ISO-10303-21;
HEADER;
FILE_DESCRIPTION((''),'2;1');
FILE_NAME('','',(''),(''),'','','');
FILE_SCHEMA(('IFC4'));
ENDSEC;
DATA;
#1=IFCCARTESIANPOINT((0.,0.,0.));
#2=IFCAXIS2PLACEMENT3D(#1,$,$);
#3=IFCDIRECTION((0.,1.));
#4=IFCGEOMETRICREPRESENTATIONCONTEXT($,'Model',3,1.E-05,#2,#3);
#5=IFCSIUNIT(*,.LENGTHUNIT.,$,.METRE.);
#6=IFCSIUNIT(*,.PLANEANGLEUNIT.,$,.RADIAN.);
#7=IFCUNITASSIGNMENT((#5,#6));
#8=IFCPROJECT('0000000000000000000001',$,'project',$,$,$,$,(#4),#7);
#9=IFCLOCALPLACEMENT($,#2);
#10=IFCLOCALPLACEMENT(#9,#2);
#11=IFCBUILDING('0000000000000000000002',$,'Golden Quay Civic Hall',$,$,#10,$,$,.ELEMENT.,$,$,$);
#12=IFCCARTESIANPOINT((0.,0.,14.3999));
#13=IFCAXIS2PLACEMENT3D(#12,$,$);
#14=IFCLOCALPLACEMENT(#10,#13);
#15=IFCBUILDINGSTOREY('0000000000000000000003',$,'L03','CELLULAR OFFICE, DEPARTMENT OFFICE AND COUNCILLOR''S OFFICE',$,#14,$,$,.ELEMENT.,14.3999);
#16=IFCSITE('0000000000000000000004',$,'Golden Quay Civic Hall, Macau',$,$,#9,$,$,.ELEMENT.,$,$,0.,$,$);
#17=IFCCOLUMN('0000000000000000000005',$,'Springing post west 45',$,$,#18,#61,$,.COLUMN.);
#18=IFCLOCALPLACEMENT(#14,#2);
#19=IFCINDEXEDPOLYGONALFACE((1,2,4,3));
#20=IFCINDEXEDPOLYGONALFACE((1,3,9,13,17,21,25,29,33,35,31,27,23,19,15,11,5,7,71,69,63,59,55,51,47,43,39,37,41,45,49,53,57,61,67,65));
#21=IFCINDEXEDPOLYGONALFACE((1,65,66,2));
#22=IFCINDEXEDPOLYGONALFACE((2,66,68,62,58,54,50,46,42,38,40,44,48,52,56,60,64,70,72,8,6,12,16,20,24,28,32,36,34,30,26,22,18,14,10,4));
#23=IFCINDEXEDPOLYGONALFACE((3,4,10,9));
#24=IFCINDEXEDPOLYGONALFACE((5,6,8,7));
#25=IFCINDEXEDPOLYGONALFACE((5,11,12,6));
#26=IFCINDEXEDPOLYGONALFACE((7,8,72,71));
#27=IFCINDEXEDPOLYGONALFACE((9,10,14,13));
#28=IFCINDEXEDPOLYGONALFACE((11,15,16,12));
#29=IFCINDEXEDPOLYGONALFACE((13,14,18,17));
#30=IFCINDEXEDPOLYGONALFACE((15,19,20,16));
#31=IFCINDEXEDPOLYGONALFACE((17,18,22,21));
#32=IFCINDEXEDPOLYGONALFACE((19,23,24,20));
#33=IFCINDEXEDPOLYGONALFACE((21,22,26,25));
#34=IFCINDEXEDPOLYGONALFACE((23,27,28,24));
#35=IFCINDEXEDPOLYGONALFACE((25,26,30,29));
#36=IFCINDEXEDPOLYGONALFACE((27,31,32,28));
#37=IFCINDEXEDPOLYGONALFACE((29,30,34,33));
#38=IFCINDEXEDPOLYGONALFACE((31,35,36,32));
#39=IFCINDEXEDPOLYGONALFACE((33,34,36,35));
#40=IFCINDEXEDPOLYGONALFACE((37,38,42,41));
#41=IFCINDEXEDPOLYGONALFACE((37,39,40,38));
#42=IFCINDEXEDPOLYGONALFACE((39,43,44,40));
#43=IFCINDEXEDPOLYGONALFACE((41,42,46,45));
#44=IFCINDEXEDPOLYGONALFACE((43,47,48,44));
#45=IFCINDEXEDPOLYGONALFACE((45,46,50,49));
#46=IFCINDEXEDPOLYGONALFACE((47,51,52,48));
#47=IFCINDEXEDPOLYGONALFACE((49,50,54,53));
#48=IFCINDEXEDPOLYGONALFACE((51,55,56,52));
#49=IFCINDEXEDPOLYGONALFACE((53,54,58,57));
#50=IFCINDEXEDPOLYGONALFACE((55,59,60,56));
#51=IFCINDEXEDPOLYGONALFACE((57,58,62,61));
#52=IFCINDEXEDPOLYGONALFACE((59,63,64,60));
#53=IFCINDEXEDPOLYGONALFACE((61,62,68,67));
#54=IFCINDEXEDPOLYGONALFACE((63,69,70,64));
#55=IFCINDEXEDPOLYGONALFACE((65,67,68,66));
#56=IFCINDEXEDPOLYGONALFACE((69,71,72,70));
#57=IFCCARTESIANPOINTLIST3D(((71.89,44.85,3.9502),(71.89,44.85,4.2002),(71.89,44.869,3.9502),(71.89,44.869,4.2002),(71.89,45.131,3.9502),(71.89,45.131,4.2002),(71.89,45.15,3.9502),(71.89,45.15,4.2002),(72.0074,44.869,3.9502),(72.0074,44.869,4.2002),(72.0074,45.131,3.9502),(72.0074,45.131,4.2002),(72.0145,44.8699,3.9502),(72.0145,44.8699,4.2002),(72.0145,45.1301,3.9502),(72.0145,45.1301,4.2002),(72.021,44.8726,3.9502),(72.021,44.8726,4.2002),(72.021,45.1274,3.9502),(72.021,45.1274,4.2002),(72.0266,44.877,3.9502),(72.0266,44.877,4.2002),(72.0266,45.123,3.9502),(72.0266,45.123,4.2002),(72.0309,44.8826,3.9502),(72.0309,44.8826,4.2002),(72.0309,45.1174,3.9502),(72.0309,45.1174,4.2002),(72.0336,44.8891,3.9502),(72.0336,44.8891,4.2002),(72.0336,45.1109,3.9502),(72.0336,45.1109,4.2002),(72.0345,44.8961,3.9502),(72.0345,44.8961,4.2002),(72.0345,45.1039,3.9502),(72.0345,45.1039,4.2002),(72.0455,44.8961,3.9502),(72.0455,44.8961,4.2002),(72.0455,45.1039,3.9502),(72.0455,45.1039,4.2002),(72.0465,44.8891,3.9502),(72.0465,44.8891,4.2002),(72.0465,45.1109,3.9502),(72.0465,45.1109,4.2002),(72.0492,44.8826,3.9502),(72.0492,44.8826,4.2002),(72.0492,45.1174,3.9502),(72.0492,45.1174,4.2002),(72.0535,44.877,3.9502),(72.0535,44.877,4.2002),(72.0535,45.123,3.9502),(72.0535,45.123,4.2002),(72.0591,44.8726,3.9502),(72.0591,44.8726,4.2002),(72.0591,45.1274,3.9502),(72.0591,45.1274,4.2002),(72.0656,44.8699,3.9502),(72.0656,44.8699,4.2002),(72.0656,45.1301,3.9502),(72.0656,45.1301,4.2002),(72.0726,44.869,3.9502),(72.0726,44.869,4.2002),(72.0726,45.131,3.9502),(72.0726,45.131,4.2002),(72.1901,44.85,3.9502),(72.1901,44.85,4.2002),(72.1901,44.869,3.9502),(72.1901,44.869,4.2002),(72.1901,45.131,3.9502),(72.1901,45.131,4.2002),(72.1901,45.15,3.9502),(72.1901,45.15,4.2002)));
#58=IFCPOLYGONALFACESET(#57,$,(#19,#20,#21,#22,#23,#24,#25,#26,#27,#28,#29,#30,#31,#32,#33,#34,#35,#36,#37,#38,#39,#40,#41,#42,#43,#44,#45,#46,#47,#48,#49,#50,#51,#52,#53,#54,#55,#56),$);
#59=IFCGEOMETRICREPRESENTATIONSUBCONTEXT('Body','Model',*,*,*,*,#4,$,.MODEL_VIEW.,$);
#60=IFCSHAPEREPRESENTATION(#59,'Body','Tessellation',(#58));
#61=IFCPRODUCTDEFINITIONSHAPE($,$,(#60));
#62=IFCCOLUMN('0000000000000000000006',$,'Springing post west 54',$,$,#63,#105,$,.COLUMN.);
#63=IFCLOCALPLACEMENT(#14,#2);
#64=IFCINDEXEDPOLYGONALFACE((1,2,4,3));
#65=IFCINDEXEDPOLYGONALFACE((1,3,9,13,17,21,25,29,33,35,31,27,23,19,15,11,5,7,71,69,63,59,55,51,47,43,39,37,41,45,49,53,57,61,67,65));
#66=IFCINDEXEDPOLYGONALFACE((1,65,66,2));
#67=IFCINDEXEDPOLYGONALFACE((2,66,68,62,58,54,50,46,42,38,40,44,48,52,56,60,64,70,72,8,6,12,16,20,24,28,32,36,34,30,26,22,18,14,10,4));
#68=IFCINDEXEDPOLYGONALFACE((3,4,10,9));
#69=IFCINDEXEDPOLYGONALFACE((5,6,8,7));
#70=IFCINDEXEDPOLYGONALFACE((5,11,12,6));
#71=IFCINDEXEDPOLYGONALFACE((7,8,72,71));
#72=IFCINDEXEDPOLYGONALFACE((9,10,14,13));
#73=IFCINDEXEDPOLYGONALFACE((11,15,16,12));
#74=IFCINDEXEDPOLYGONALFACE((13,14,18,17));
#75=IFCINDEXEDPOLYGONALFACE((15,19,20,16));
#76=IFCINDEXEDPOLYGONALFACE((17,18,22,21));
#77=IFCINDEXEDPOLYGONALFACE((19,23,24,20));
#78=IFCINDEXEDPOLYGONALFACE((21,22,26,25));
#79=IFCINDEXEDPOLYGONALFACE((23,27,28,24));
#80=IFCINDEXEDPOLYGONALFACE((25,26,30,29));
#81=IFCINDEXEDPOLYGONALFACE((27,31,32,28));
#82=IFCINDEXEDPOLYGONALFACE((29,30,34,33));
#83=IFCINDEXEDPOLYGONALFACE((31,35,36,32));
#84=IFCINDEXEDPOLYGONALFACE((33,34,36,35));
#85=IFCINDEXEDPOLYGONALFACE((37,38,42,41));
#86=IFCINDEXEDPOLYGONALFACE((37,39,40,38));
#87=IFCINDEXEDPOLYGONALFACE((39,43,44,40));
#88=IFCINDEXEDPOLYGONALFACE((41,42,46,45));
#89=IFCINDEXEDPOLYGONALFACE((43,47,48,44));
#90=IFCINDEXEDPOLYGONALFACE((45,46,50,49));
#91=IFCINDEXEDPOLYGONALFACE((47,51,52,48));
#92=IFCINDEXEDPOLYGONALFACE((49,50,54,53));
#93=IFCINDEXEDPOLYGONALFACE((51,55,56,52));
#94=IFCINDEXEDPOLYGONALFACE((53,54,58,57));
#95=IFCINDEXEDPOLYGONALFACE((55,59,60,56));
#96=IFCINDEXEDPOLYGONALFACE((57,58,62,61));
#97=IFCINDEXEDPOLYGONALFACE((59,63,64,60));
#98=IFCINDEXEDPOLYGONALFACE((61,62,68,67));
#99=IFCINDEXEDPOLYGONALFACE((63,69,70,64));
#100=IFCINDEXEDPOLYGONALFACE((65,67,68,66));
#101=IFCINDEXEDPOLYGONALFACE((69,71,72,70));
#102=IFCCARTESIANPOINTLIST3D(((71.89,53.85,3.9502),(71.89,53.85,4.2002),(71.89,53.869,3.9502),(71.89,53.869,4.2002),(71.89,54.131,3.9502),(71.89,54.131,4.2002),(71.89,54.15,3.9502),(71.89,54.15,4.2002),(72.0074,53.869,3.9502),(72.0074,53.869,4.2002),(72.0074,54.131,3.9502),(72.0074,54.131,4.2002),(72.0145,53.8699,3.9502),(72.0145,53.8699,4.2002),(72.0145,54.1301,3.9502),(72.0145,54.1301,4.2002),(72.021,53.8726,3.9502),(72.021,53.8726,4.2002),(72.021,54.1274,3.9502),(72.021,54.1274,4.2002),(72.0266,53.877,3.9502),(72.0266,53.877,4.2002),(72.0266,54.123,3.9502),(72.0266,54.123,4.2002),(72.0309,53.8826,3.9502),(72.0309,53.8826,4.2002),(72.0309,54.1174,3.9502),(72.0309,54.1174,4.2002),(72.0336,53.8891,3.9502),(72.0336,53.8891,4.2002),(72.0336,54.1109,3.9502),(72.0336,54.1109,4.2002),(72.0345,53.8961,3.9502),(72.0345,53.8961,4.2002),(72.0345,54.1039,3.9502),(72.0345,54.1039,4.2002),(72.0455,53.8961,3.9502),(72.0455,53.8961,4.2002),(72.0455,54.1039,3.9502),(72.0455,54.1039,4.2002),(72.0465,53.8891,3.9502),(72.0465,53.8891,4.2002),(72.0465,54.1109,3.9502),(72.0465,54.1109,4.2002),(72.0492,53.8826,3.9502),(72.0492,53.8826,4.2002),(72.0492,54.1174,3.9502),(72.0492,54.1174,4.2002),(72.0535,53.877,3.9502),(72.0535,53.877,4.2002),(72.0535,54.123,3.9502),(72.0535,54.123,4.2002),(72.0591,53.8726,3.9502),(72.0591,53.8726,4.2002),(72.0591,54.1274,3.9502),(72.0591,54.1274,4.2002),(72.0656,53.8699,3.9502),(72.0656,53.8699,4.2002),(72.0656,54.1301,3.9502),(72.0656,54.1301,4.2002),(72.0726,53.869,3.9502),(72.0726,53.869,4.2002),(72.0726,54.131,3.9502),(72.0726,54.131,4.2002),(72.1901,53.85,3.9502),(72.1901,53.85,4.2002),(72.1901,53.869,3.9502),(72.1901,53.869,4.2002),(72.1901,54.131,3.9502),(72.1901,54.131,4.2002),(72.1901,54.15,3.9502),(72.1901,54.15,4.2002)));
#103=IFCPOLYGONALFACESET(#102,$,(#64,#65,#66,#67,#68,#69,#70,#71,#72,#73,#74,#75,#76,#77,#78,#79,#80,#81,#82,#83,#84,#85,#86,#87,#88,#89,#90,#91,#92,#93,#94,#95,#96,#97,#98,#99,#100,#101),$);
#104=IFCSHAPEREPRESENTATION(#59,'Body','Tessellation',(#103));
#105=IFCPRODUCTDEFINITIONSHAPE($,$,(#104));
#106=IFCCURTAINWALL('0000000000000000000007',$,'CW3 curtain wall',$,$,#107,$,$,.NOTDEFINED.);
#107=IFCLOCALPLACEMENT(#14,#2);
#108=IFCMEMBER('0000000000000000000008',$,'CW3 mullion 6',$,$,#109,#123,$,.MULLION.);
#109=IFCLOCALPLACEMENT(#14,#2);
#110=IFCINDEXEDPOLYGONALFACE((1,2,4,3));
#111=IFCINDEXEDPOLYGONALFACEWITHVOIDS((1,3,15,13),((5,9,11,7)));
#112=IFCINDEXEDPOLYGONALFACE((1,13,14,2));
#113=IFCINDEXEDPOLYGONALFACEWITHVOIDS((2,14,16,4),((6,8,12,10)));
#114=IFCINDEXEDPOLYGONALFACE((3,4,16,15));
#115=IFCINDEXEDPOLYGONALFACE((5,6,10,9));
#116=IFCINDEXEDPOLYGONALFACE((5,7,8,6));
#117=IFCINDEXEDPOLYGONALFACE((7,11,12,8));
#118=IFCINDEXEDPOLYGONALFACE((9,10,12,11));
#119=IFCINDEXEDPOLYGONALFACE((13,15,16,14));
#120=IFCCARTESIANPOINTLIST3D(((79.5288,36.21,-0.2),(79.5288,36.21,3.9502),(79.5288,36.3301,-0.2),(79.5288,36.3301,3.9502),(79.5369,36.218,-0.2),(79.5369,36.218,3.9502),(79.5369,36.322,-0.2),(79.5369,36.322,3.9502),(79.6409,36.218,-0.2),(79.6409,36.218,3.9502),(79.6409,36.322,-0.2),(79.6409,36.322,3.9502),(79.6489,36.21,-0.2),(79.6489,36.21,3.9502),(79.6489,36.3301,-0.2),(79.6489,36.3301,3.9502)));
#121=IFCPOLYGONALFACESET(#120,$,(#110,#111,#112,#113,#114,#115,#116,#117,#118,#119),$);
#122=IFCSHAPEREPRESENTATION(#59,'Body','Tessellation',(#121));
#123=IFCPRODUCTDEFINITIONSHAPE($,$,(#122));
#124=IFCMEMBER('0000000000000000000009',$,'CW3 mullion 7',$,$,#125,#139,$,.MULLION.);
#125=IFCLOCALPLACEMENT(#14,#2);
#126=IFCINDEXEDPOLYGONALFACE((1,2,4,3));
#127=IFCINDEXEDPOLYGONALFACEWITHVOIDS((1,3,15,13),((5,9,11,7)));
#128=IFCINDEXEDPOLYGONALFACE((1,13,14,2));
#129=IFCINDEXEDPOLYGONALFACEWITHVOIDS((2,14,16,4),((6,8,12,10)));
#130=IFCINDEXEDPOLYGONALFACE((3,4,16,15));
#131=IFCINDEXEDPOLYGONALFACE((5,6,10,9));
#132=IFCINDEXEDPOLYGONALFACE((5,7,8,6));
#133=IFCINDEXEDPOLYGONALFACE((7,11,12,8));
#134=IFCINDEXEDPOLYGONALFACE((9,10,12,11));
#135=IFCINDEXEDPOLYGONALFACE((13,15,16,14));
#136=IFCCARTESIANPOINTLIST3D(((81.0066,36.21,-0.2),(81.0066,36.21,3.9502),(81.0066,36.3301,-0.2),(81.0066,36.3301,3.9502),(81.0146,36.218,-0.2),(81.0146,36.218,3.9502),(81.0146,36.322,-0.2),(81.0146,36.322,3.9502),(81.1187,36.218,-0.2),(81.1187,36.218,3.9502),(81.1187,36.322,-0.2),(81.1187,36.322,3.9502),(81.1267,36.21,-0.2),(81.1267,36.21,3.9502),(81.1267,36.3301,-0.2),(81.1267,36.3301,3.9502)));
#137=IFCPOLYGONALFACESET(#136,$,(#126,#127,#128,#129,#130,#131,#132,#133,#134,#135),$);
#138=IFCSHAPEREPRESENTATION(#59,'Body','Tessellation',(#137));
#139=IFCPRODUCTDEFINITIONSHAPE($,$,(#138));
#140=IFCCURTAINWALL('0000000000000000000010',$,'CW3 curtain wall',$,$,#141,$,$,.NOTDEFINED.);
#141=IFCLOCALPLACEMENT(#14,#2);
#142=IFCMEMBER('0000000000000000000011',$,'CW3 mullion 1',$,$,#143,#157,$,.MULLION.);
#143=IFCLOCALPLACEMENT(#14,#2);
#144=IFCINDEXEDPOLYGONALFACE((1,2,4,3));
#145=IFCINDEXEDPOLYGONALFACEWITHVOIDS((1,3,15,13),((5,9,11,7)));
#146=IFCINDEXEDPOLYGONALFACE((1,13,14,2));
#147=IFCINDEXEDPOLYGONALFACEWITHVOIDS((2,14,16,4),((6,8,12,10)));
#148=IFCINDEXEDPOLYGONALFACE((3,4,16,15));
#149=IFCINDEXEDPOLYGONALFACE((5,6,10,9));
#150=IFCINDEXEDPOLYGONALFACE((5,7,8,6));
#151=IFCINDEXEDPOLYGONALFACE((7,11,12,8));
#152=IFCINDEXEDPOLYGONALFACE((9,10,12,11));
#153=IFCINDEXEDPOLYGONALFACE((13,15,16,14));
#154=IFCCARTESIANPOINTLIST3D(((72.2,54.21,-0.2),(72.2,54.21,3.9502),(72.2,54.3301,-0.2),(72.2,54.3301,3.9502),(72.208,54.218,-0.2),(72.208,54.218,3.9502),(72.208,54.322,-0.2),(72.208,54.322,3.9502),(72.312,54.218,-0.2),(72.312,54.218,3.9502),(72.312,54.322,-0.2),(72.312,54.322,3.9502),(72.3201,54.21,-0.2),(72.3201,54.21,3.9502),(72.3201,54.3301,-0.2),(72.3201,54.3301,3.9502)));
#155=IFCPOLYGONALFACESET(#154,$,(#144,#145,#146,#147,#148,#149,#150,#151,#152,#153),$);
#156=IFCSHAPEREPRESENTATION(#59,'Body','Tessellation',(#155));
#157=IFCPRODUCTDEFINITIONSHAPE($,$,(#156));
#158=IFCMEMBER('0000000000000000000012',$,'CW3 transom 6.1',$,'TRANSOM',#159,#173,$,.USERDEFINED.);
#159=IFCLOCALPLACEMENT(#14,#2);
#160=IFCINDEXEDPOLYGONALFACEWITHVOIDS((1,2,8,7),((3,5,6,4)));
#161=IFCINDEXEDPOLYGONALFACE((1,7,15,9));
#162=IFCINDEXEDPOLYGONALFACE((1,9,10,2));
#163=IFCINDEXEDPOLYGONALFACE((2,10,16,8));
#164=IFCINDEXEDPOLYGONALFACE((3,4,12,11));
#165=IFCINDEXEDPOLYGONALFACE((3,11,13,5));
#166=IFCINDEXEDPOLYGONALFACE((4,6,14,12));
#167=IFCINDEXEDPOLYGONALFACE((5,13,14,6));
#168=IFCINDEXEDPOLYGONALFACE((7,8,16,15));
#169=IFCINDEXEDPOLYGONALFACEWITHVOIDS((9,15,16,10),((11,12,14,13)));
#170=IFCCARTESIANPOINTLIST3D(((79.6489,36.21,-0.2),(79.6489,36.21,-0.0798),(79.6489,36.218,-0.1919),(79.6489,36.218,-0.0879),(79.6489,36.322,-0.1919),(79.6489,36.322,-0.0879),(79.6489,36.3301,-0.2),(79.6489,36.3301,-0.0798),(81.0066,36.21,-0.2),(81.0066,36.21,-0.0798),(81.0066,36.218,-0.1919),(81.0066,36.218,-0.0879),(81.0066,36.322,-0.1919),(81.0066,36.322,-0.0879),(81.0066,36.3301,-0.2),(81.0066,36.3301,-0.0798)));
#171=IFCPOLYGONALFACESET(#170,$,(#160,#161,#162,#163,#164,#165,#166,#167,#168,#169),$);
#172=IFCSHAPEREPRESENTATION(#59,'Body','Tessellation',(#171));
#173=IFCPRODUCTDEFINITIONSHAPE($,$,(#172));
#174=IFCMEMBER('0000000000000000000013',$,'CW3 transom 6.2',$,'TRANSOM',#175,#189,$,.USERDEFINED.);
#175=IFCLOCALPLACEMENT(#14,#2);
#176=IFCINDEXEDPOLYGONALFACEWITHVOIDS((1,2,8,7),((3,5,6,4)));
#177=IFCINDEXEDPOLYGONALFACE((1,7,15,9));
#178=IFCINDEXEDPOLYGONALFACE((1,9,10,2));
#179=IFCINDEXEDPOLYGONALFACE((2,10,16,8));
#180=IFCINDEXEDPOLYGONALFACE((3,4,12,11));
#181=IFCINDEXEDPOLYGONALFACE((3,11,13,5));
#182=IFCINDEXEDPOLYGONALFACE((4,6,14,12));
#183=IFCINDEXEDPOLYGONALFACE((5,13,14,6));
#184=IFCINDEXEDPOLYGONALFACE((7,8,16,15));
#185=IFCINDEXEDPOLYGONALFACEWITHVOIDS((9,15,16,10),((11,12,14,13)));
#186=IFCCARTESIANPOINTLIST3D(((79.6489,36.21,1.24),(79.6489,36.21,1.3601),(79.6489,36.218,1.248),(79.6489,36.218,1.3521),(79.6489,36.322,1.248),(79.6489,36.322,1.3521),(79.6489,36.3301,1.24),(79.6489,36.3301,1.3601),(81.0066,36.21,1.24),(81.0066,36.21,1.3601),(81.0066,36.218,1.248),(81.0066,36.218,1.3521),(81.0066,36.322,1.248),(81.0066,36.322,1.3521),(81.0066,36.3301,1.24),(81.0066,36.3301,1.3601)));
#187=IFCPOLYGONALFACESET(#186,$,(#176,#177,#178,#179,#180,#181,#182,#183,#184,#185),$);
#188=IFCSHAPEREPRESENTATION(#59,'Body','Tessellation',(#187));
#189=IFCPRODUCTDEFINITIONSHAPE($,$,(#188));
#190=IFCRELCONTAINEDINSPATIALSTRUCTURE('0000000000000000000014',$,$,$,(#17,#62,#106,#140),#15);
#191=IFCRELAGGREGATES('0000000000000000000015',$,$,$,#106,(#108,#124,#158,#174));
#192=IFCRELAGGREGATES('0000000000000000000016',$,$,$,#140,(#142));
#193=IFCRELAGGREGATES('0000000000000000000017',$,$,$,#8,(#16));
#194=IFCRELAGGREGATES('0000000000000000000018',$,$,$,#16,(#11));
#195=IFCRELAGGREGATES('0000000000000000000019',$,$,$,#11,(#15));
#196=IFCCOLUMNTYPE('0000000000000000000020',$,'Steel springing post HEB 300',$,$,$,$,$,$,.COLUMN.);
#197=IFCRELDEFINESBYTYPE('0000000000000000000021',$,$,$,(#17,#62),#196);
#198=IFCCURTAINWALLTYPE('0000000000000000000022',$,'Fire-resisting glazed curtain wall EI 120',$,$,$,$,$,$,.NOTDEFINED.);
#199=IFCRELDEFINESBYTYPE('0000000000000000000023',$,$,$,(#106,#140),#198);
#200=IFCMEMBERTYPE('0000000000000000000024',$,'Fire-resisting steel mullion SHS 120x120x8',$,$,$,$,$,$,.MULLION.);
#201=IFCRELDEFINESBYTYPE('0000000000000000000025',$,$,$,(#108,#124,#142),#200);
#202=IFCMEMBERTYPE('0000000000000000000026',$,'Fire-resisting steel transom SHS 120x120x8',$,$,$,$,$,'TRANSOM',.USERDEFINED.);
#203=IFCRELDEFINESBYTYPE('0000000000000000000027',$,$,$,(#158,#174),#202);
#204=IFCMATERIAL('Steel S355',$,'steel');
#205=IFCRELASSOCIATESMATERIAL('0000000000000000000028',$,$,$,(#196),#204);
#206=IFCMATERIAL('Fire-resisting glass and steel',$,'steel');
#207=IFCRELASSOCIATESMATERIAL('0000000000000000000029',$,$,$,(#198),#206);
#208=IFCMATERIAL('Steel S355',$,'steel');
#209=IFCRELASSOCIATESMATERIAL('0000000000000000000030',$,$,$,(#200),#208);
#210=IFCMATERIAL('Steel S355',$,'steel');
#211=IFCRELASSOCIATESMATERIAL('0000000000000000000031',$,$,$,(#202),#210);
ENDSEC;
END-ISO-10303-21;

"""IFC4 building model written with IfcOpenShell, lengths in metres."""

from ifc_helpers import new_model, si_unit, direction, frame, origin, origin_2d, place, context, subcontext, project, spatial, hollow_rectangle, i_section, extrude, material, material_profile, profile_set, type_object, element, aggregate, save


model = new_model("IFC4")

# Units and contexts
model_context = context("Model", 3, precision=1e-05, world=origin(), true_north=direction((0.0, 1.0)))
body_context = subcontext(model_context, "Body", "Model", "MODEL_VIEW")
ifc_project = project(units=[si_unit("LENGTHUNIT", "METRE"), si_unit("PLANEANGLEUNIT", "RADIAN")], contexts=[model_context])

# Site, building, storey
site_placement = place(None, origin())
site = spatial("IfcSite", under=ifc_project, at=site_placement, Name="Golden Quay Civic Hall, Macau", CompositionType="ELEMENT", RefElevation=0.0)
building_placement = place(site_placement, origin())
building = spatial("IfcBuilding", under=site, at=building_placement, Name="Golden Quay Civic Hall", CompositionType="ELEMENT")
storey_placement = place(building_placement, frame((0.0, 0.0, 14.3999)))
storey = spatial("IfcBuildingStorey", under=building, at=storey_placement, Name="L03", Description="CELLULAR OFFICE, DEPARTMENT OFFICE AND COUNCILLOR'S OFFICE", CompositionType="ELEMENT", Elevation=14.3999)

# Columns
ifc_material_1 = material(Name="Steel S355", Category="steel")
ifc_material_profile_1 = material_profile(ifc_material_1, i_section(OverallWidth=0.3, OverallDepth=0.3, WebThickness=0.011, FlangeThickness=0.019, FilletRadius=0.0271, at=origin_2d()), Name="HEB 300")
ifc_profile_set_1 = profile_set([ifc_material_profile_1], Name="Steel S355")
column_type = type_object("IfcColumnType", Name="Steel springing post HEB 300", PredefinedType="COLUMN", material=ifc_profile_set_1)
for number, where, z_axis, x_axis, name in (
    (1, (72.04, 45.0, 3.9502), (0.0, 0.0, 1.0), (1.0, 0.0, 0.0), "Springing post west 45"),
    (2, (72.04, 54.0, 3.9502), (0.0, 0.0, 1.0), (1.0, 0.0, 0.0), "Springing post west 54"),
):
    element("IfcColumn", number, at=place(storey_placement, frame(where, z_axis=z_axis, x_axis=x_axis)), inside=storey, type_object=column_type, Name=name, PredefinedType="COLUMN", context=body_context, shape_type="SweptSolid", body=[
        extrude(i_section(OverallWidth=0.3, OverallDepth=0.3, WebThickness=0.011, FlangeThickness=0.019, FilletRadius=0.0271, at=origin_2d()), origin(), (0.0, 0.0, 1.0), 0.25),
    ])

# Curtain wall, members
ifc_material_2 = material(Name="Fire-resisting glass and steel", Category="steel")
curtain_wall_type = type_object("IfcCurtainWallType", Name="Fire-resisting glazed curtain wall EI 120", PredefinedType="NOTDEFINED", material=ifc_material_2)
curtain_wall_1_placement = place(storey_placement, origin())
curtain_wall_1 = element("IfcCurtainWall", 3, at=curtain_wall_1_placement, inside=storey, type_object=curtain_wall_type, Name="CW3 curtain wall", PredefinedType="NOTDEFINED")
ifc_material_3 = material(Name="Steel S355", Category="steel")
ifc_material_profile_2 = material_profile(ifc_material_3, hollow_rectangle(XDim=0.1201, YDim=0.1201, WallThickness=0.0081, at=origin_2d()), Name="SHS 120x120x8")
ifc_profile_set_2 = profile_set([ifc_material_profile_2], Name="Steel S355")
member_type_1 = type_object("IfcMemberType", Name="Fire-resisting steel mullion SHS 120x120x8", PredefinedType="MULLION", material=ifc_profile_set_2)
member_1_placement = place(storey_placement, frame((79.5889, 36.27, -0.2), z_axis=(0.0, 0.0, 1.0), x_axis=(0.0, 1.0, 0.0)))
member_1 = element("IfcMember", 4, at=member_1_placement, type_object=member_type_1, Name="CW3 mullion 6", PredefinedType="MULLION", context=body_context, shape_type="SweptSolid", body=[
    extrude(hollow_rectangle(XDim=0.1201, YDim=0.1201, WallThickness=0.0081, at=origin_2d()), origin(), (0.0, 0.0, 1.0), 4.1501),
])
member_2_placement = place(storey_placement, frame((81.0667, 36.27, -0.2), z_axis=(0.0, 0.0, 1.0), x_axis=(0.0, 1.0, 0.0)))
member_2 = element("IfcMember", 5, at=member_2_placement, type_object=member_type_1, Name="CW3 mullion 7", PredefinedType="MULLION", context=body_context, shape_type="SweptSolid", body=[
    extrude(hollow_rectangle(XDim=0.1201, YDim=0.1201, WallThickness=0.0081, at=origin_2d()), origin(), (0.0, 0.0, 1.0), 4.1501),
])

# Curtain wall, member
curtain_wall_2_placement = place(storey_placement, origin())
curtain_wall_2 = element("IfcCurtainWall", 6, at=curtain_wall_2_placement, inside=storey, type_object=curtain_wall_type, Name="CW3 curtain wall", PredefinedType="NOTDEFINED")
member_3_placement = place(storey_placement, frame((72.26, 54.27, -0.2), z_axis=(0.0, 0.0, 1.0), x_axis=(0.0, 1.0, 0.0)))
member_3 = element("IfcMember", 7, at=member_3_placement, type_object=member_type_1, Name="CW3 mullion 1", PredefinedType="MULLION", context=body_context, shape_type="SweptSolid", body=[
    extrude(hollow_rectangle(XDim=0.1201, YDim=0.1201, WallThickness=0.0081, at=origin_2d()), origin(), (0.0, 0.0, 1.0), 4.1501),
])

# Members
ifc_material_4 = material(Name="Steel S355", Category="steel")
ifc_material_profile_3 = material_profile(ifc_material_4, hollow_rectangle(XDim=0.1201, YDim=0.1201, WallThickness=0.0081, at=origin_2d()), Name="SHS 120x120x8")
ifc_profile_set_3 = profile_set([ifc_material_profile_3], Name="Steel S355")
member_type_2 = type_object("IfcMemberType", Name="Fire-resisting steel transom SHS 120x120x8", ElementType="TRANSOM", PredefinedType="USERDEFINED", material=ifc_profile_set_3)
member_4_placement = place(storey_placement, frame((79.6489, 36.27, -0.1399), z_axis=(1.0, 0.0, 0.0), x_axis=(0.0, 1.0, 0.0)))
member_4 = element("IfcMember", 8, at=member_4_placement, type_object=member_type_2, Name="CW3 transom 6.1", ObjectType="TRANSOM", PredefinedType="USERDEFINED", context=body_context, shape_type="SweptSolid", body=[
    extrude(hollow_rectangle(XDim=0.1201, YDim=0.1201, WallThickness=0.0081, at=origin_2d()), origin(), (0.0, 0.0, 1.0), 1.3577),
])
member_5_placement = place(storey_placement, frame((79.6489, 36.27, 1.3), z_axis=(1.0, 0.0, 0.0), x_axis=(0.0, 1.0, 0.0)))
member_5 = element("IfcMember", 9, at=member_5_placement, type_object=member_type_2, Name="CW3 transom 6.2", ObjectType="TRANSOM", PredefinedType="USERDEFINED", context=body_context, shape_type="SweptSolid", body=[
    extrude(hollow_rectangle(XDim=0.1201, YDim=0.1201, WallThickness=0.0081, at=origin_2d()), origin(), (0.0, 0.0, 1.0), 1.3577),
])

aggregate(curtain_wall_1, [member_1, member_2, member_4, member_5])
aggregate(curtain_wall_2, [member_3])

save(model, "model.ifc")
